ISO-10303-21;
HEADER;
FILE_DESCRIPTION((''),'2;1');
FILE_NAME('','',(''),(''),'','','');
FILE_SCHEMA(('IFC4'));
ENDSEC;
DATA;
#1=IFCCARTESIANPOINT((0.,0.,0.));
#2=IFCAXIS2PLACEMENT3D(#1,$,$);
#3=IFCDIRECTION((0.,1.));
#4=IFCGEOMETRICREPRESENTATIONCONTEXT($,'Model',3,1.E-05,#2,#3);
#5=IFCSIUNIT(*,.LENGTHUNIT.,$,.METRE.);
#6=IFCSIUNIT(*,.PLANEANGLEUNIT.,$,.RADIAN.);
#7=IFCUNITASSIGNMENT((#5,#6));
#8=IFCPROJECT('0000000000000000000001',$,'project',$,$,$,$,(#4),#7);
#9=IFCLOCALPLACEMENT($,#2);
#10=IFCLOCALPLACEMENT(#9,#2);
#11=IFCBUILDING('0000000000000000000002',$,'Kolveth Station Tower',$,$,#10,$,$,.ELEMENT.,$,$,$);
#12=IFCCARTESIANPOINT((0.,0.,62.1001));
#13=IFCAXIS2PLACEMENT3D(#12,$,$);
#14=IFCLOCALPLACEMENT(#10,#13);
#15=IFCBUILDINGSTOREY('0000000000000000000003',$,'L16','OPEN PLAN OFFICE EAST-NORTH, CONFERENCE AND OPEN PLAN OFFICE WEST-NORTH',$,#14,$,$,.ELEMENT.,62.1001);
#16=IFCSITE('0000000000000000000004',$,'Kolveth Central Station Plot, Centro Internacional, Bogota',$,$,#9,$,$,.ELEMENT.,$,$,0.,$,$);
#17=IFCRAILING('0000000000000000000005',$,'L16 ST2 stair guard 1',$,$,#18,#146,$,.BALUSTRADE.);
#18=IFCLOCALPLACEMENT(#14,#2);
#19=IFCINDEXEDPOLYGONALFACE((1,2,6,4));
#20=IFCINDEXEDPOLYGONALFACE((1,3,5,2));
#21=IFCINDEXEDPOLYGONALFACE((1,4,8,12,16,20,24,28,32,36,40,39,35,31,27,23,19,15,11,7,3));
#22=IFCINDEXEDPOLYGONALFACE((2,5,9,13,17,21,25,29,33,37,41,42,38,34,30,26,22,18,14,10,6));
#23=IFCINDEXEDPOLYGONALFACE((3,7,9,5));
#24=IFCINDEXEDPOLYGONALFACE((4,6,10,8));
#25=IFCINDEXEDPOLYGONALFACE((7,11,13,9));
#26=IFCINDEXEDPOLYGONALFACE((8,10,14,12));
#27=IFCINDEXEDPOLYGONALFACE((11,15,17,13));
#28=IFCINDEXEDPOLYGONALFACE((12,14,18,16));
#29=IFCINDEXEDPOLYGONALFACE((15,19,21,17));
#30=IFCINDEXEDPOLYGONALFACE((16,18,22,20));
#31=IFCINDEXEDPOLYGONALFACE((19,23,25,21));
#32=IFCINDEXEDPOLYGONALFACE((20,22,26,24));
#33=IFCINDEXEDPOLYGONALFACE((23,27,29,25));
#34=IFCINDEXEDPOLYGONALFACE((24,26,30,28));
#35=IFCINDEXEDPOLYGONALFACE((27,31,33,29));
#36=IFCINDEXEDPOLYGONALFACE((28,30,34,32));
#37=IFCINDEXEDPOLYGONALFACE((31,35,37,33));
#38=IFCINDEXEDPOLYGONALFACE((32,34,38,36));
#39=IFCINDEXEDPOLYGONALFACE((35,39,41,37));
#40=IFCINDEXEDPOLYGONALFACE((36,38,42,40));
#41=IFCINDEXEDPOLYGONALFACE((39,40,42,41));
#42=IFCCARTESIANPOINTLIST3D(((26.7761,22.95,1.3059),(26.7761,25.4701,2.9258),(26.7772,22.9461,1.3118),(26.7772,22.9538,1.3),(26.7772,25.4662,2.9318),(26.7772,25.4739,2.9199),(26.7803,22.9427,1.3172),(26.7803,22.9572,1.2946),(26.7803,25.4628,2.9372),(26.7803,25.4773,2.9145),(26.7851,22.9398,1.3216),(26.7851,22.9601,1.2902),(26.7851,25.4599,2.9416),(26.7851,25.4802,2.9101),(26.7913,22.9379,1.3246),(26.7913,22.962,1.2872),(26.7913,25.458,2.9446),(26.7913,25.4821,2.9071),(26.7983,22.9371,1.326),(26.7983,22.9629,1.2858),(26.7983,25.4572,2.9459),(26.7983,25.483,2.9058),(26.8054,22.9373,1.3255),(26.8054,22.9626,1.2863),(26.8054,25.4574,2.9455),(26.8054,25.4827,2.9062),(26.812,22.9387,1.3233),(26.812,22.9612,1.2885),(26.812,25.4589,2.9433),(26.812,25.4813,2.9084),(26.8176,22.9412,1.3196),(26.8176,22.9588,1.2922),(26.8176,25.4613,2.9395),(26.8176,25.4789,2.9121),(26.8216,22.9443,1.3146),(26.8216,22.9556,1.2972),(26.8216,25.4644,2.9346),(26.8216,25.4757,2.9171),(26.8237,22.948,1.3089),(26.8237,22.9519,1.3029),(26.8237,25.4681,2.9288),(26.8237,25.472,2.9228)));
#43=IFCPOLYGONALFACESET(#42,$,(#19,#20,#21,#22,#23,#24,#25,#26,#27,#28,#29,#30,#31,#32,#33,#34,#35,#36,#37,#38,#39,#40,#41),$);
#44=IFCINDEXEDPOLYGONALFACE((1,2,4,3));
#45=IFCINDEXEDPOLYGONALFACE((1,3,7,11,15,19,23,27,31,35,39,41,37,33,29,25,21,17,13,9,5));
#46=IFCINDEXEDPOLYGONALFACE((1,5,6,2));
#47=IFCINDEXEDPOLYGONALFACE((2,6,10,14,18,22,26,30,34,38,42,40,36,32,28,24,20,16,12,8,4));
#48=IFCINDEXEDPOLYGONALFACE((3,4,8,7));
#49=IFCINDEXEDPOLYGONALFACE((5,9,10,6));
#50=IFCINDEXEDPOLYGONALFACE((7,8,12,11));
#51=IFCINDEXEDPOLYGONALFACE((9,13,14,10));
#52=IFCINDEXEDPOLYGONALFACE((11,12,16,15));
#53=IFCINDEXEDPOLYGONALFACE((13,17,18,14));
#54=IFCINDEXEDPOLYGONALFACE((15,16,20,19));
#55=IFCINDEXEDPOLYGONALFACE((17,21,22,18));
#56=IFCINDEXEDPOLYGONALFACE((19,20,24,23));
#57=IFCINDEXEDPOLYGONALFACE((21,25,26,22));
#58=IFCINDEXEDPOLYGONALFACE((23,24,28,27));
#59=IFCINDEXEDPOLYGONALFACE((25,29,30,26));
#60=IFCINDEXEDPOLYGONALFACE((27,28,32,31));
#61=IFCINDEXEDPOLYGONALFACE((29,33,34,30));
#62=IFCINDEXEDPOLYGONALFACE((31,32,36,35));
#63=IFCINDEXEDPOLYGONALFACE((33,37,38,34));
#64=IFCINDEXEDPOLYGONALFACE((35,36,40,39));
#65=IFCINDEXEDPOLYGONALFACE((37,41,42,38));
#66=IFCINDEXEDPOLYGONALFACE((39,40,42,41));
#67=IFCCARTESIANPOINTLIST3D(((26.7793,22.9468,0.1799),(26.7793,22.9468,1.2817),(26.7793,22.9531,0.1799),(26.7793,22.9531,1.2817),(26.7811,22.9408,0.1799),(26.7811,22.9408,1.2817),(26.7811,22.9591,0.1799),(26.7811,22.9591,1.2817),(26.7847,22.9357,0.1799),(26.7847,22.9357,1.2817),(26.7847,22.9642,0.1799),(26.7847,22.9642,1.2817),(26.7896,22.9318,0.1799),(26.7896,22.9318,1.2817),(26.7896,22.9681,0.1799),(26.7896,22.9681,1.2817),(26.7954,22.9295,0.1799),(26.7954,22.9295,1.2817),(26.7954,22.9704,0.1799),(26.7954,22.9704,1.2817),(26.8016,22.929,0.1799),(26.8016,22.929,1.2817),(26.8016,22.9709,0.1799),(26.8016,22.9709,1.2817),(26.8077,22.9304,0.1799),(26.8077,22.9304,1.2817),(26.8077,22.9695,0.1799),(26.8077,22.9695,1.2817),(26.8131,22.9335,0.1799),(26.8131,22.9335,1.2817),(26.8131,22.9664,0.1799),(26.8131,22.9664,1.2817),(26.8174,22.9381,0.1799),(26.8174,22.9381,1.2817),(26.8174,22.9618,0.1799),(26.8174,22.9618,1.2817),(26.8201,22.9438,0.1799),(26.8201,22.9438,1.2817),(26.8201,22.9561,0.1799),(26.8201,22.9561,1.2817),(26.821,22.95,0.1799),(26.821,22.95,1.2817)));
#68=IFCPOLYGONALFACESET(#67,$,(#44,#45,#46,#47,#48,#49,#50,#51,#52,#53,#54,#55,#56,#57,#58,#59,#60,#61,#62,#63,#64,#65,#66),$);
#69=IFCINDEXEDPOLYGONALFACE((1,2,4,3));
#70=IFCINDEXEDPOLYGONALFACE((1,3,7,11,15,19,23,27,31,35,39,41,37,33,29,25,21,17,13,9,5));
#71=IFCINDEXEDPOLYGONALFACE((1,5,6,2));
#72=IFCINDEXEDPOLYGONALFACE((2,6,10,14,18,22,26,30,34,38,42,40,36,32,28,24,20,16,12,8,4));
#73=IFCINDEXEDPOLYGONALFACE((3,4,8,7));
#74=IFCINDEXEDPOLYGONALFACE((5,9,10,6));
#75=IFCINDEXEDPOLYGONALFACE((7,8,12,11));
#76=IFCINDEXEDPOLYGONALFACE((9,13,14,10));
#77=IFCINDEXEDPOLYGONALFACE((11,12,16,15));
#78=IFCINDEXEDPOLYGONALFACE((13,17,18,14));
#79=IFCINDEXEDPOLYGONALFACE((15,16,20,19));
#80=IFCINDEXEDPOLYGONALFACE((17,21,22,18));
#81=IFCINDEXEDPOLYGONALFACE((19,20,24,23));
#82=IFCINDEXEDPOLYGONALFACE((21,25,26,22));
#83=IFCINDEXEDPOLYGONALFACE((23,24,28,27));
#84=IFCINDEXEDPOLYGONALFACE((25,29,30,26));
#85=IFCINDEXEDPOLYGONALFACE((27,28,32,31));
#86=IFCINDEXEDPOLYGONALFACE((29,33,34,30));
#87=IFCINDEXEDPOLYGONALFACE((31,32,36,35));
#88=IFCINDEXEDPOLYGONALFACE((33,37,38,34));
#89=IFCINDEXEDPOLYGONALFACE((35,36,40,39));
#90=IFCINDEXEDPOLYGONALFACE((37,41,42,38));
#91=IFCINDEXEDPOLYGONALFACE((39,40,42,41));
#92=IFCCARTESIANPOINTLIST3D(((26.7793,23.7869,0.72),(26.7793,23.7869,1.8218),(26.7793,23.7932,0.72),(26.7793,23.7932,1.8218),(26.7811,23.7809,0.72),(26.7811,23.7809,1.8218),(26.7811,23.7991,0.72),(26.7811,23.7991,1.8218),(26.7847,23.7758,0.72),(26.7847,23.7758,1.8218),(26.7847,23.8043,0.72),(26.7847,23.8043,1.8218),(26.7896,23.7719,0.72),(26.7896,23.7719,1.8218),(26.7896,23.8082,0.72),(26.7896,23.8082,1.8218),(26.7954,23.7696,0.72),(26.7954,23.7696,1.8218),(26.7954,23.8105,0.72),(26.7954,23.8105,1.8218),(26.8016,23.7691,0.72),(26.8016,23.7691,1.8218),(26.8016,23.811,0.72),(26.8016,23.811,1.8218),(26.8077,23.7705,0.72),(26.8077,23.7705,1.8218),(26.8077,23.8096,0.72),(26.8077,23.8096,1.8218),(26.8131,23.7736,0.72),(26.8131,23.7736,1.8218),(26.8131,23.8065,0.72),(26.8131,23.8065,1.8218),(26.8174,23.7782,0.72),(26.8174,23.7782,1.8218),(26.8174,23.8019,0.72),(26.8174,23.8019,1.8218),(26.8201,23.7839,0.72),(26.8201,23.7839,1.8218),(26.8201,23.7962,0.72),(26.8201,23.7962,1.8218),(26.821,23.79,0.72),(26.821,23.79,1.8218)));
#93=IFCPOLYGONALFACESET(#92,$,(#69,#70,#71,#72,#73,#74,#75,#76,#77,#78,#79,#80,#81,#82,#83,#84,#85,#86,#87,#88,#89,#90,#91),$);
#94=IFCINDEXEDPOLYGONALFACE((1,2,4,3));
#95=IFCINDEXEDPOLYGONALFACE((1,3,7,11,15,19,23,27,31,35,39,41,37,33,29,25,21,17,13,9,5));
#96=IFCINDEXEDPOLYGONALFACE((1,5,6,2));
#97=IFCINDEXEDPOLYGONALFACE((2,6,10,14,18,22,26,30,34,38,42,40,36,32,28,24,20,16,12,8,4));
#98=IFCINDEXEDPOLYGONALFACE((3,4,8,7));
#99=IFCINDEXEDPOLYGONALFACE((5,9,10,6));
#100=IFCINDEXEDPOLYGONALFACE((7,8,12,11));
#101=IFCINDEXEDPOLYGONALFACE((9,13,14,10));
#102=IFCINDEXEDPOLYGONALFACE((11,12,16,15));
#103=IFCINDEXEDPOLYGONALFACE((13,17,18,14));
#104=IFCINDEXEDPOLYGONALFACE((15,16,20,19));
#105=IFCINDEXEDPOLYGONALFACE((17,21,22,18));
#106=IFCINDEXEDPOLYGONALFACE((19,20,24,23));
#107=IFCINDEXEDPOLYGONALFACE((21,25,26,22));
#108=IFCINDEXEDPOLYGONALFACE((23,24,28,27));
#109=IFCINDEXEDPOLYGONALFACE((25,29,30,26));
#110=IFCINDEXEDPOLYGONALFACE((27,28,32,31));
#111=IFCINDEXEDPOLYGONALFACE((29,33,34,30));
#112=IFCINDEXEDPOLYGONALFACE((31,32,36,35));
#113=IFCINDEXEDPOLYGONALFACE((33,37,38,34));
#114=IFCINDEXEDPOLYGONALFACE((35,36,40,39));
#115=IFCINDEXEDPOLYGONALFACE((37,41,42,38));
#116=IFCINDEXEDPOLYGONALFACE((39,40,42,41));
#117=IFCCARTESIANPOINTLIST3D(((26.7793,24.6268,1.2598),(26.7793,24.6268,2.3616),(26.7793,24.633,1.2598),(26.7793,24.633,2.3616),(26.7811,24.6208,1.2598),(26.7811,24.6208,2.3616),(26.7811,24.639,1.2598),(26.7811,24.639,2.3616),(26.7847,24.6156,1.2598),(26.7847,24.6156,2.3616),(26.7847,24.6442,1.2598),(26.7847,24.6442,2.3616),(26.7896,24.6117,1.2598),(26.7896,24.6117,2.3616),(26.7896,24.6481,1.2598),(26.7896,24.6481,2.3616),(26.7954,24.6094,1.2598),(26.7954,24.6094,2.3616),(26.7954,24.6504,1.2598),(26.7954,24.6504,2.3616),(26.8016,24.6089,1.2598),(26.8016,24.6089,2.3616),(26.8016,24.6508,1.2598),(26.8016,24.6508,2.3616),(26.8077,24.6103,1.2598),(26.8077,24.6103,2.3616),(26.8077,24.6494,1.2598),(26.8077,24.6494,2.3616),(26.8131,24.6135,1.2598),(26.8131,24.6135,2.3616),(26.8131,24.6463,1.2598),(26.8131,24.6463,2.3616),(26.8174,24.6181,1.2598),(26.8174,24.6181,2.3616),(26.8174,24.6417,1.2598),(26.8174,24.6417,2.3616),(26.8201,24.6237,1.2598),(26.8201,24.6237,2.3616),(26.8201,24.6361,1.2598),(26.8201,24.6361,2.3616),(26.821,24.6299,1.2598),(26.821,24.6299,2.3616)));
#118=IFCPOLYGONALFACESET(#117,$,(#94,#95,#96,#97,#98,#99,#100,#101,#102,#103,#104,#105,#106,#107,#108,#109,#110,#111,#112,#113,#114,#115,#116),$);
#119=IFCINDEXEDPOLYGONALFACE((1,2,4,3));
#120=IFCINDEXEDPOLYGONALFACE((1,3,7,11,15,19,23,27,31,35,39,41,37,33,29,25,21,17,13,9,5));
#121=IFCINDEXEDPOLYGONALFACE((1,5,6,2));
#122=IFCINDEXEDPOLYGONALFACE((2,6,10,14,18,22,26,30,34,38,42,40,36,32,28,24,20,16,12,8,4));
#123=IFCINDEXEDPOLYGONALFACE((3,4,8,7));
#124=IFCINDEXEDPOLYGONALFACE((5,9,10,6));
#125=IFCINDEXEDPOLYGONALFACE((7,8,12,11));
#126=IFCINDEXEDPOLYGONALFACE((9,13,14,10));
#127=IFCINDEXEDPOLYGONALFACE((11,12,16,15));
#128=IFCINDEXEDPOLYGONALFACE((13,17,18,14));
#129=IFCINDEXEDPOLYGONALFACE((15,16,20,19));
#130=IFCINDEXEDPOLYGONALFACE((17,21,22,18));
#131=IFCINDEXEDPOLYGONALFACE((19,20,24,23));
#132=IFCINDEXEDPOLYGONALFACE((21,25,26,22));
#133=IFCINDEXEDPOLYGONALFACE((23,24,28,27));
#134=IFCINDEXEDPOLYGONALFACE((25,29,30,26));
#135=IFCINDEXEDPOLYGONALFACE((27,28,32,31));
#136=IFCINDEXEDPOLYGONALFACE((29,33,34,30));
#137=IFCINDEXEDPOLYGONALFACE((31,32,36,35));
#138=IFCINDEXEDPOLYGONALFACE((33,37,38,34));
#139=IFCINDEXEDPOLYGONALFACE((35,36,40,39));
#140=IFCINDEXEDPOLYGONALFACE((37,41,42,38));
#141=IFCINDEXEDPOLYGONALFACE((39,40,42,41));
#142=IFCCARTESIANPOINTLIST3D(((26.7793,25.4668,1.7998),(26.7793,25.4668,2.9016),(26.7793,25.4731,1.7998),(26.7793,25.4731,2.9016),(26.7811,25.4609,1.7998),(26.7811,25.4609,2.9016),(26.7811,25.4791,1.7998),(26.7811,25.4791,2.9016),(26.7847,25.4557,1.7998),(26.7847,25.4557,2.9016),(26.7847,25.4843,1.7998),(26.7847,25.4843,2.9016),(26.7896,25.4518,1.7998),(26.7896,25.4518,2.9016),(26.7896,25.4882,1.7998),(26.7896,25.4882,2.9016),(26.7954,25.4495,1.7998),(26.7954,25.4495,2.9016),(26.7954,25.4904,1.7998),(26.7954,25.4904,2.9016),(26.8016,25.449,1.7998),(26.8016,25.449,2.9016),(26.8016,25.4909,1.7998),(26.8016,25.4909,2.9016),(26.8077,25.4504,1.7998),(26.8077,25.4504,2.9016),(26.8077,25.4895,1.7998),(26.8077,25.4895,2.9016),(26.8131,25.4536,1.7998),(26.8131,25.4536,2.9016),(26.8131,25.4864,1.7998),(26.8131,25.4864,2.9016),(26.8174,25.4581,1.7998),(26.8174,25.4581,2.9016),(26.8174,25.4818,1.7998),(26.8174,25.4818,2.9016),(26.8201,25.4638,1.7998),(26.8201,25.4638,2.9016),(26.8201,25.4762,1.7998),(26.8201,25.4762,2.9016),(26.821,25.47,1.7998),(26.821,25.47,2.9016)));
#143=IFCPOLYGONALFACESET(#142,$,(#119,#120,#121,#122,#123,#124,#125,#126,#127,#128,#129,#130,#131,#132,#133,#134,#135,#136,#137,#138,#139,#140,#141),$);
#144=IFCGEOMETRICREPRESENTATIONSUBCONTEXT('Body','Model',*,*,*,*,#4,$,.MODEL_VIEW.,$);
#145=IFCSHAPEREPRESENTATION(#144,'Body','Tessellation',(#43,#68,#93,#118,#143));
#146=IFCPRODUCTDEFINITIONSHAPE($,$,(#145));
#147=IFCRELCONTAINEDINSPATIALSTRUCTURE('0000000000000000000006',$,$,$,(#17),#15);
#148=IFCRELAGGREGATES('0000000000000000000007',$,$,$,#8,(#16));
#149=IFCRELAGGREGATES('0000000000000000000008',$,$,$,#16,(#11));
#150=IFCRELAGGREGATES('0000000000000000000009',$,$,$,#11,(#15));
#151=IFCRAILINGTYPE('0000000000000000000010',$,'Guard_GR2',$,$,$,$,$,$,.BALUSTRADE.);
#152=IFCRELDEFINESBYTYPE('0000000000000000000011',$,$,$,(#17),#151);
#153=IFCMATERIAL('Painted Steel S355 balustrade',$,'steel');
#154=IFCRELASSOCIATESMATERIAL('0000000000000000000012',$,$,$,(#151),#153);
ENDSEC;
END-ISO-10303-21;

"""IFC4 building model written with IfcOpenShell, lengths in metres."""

from ifc_helpers import new_model, si_unit, direction, frame, origin, origin_2d, place, context, subcontext, project, spatial, circle, extrude, material, type_object, element, save


model = new_model("IFC4")

# Units and contexts
model_context = context("Model", 3, precision=1e-05, world=origin(), true_north=direction((0.0, 1.0)))
body_context = subcontext(model_context, "Body", "Model", "MODEL_VIEW")
ifc_project = project(units=[si_unit("LENGTHUNIT", "METRE"), si_unit("PLANEANGLEUNIT", "RADIAN")], contexts=[model_context])

# Site, building, storey
site_placement = place(None, origin())
site = spatial("IfcSite", under=ifc_project, at=site_placement, Name="Kolveth Central Station Plot, Centro Internacional, Bogota", CompositionType="ELEMENT", RefElevation=0.0)
building_placement = place(site_placement, origin())
building = spatial("IfcBuilding", under=site, at=building_placement, Name="Kolveth Station Tower", CompositionType="ELEMENT")
storey_placement = place(building_placement, frame((0.0, 0.0, 62.1001)))
storey = spatial("IfcBuildingStorey", under=building, at=storey_placement, Name="L16", Description="OPEN PLAN OFFICE EAST-NORTH, CONFERENCE AND OPEN PLAN OFFICE WEST-NORTH", CompositionType="ELEMENT", Elevation=62.1001)

# Railing
ifc_material_1 = material(Name="Painted Steel S355 balustrade", Category="steel")
railing_type_1 = type_object("IfcRailingType", Name="Guard_GR2", PredefinedType="BALUSTRADE", material=ifc_material_1)
railing_1_placement = place(storey_placement, frame((26.8, 22.95, 0.1799)))
element("IfcRailing", 1, at=railing_1_placement, inside=storey, type_object=railing_type_1, Name="L16 ST2 stair guard 1", PredefinedType="BALUSTRADE", context=body_context, shape_type="SweptSolid", body=[
    extrude(circle(Radius=0.0239, at=origin_2d()), frame((0.0, 0.0, 1.126), z_axis=(0.0, 0.8412, 0.540725), x_axis=(-1.0, 0.0, 0.0)), (0.0, 0.0, 1.0), 2.9958),
    extrude(circle(Radius=0.021, at=origin_2d()), origin(), (0.0, 0.0, 1.0), 1.1018),
    extrude(circle(Radius=0.021, at=origin_2d()), frame((0.0, 0.8401, 0.54)), (0.0, 0.0, 1.0), 1.1018),
    extrude(circle(Radius=0.021, at=origin_2d()), frame((0.0, 1.6799, 1.0798)), (0.0, 0.0, 1.0), 1.1018),
    extrude(circle(Radius=0.021, at=origin_2d()), frame((0.0, 2.52, 1.6199)), (0.0, 0.0, 1.0), 1.1018),
])

save(model, "model.ifc")
